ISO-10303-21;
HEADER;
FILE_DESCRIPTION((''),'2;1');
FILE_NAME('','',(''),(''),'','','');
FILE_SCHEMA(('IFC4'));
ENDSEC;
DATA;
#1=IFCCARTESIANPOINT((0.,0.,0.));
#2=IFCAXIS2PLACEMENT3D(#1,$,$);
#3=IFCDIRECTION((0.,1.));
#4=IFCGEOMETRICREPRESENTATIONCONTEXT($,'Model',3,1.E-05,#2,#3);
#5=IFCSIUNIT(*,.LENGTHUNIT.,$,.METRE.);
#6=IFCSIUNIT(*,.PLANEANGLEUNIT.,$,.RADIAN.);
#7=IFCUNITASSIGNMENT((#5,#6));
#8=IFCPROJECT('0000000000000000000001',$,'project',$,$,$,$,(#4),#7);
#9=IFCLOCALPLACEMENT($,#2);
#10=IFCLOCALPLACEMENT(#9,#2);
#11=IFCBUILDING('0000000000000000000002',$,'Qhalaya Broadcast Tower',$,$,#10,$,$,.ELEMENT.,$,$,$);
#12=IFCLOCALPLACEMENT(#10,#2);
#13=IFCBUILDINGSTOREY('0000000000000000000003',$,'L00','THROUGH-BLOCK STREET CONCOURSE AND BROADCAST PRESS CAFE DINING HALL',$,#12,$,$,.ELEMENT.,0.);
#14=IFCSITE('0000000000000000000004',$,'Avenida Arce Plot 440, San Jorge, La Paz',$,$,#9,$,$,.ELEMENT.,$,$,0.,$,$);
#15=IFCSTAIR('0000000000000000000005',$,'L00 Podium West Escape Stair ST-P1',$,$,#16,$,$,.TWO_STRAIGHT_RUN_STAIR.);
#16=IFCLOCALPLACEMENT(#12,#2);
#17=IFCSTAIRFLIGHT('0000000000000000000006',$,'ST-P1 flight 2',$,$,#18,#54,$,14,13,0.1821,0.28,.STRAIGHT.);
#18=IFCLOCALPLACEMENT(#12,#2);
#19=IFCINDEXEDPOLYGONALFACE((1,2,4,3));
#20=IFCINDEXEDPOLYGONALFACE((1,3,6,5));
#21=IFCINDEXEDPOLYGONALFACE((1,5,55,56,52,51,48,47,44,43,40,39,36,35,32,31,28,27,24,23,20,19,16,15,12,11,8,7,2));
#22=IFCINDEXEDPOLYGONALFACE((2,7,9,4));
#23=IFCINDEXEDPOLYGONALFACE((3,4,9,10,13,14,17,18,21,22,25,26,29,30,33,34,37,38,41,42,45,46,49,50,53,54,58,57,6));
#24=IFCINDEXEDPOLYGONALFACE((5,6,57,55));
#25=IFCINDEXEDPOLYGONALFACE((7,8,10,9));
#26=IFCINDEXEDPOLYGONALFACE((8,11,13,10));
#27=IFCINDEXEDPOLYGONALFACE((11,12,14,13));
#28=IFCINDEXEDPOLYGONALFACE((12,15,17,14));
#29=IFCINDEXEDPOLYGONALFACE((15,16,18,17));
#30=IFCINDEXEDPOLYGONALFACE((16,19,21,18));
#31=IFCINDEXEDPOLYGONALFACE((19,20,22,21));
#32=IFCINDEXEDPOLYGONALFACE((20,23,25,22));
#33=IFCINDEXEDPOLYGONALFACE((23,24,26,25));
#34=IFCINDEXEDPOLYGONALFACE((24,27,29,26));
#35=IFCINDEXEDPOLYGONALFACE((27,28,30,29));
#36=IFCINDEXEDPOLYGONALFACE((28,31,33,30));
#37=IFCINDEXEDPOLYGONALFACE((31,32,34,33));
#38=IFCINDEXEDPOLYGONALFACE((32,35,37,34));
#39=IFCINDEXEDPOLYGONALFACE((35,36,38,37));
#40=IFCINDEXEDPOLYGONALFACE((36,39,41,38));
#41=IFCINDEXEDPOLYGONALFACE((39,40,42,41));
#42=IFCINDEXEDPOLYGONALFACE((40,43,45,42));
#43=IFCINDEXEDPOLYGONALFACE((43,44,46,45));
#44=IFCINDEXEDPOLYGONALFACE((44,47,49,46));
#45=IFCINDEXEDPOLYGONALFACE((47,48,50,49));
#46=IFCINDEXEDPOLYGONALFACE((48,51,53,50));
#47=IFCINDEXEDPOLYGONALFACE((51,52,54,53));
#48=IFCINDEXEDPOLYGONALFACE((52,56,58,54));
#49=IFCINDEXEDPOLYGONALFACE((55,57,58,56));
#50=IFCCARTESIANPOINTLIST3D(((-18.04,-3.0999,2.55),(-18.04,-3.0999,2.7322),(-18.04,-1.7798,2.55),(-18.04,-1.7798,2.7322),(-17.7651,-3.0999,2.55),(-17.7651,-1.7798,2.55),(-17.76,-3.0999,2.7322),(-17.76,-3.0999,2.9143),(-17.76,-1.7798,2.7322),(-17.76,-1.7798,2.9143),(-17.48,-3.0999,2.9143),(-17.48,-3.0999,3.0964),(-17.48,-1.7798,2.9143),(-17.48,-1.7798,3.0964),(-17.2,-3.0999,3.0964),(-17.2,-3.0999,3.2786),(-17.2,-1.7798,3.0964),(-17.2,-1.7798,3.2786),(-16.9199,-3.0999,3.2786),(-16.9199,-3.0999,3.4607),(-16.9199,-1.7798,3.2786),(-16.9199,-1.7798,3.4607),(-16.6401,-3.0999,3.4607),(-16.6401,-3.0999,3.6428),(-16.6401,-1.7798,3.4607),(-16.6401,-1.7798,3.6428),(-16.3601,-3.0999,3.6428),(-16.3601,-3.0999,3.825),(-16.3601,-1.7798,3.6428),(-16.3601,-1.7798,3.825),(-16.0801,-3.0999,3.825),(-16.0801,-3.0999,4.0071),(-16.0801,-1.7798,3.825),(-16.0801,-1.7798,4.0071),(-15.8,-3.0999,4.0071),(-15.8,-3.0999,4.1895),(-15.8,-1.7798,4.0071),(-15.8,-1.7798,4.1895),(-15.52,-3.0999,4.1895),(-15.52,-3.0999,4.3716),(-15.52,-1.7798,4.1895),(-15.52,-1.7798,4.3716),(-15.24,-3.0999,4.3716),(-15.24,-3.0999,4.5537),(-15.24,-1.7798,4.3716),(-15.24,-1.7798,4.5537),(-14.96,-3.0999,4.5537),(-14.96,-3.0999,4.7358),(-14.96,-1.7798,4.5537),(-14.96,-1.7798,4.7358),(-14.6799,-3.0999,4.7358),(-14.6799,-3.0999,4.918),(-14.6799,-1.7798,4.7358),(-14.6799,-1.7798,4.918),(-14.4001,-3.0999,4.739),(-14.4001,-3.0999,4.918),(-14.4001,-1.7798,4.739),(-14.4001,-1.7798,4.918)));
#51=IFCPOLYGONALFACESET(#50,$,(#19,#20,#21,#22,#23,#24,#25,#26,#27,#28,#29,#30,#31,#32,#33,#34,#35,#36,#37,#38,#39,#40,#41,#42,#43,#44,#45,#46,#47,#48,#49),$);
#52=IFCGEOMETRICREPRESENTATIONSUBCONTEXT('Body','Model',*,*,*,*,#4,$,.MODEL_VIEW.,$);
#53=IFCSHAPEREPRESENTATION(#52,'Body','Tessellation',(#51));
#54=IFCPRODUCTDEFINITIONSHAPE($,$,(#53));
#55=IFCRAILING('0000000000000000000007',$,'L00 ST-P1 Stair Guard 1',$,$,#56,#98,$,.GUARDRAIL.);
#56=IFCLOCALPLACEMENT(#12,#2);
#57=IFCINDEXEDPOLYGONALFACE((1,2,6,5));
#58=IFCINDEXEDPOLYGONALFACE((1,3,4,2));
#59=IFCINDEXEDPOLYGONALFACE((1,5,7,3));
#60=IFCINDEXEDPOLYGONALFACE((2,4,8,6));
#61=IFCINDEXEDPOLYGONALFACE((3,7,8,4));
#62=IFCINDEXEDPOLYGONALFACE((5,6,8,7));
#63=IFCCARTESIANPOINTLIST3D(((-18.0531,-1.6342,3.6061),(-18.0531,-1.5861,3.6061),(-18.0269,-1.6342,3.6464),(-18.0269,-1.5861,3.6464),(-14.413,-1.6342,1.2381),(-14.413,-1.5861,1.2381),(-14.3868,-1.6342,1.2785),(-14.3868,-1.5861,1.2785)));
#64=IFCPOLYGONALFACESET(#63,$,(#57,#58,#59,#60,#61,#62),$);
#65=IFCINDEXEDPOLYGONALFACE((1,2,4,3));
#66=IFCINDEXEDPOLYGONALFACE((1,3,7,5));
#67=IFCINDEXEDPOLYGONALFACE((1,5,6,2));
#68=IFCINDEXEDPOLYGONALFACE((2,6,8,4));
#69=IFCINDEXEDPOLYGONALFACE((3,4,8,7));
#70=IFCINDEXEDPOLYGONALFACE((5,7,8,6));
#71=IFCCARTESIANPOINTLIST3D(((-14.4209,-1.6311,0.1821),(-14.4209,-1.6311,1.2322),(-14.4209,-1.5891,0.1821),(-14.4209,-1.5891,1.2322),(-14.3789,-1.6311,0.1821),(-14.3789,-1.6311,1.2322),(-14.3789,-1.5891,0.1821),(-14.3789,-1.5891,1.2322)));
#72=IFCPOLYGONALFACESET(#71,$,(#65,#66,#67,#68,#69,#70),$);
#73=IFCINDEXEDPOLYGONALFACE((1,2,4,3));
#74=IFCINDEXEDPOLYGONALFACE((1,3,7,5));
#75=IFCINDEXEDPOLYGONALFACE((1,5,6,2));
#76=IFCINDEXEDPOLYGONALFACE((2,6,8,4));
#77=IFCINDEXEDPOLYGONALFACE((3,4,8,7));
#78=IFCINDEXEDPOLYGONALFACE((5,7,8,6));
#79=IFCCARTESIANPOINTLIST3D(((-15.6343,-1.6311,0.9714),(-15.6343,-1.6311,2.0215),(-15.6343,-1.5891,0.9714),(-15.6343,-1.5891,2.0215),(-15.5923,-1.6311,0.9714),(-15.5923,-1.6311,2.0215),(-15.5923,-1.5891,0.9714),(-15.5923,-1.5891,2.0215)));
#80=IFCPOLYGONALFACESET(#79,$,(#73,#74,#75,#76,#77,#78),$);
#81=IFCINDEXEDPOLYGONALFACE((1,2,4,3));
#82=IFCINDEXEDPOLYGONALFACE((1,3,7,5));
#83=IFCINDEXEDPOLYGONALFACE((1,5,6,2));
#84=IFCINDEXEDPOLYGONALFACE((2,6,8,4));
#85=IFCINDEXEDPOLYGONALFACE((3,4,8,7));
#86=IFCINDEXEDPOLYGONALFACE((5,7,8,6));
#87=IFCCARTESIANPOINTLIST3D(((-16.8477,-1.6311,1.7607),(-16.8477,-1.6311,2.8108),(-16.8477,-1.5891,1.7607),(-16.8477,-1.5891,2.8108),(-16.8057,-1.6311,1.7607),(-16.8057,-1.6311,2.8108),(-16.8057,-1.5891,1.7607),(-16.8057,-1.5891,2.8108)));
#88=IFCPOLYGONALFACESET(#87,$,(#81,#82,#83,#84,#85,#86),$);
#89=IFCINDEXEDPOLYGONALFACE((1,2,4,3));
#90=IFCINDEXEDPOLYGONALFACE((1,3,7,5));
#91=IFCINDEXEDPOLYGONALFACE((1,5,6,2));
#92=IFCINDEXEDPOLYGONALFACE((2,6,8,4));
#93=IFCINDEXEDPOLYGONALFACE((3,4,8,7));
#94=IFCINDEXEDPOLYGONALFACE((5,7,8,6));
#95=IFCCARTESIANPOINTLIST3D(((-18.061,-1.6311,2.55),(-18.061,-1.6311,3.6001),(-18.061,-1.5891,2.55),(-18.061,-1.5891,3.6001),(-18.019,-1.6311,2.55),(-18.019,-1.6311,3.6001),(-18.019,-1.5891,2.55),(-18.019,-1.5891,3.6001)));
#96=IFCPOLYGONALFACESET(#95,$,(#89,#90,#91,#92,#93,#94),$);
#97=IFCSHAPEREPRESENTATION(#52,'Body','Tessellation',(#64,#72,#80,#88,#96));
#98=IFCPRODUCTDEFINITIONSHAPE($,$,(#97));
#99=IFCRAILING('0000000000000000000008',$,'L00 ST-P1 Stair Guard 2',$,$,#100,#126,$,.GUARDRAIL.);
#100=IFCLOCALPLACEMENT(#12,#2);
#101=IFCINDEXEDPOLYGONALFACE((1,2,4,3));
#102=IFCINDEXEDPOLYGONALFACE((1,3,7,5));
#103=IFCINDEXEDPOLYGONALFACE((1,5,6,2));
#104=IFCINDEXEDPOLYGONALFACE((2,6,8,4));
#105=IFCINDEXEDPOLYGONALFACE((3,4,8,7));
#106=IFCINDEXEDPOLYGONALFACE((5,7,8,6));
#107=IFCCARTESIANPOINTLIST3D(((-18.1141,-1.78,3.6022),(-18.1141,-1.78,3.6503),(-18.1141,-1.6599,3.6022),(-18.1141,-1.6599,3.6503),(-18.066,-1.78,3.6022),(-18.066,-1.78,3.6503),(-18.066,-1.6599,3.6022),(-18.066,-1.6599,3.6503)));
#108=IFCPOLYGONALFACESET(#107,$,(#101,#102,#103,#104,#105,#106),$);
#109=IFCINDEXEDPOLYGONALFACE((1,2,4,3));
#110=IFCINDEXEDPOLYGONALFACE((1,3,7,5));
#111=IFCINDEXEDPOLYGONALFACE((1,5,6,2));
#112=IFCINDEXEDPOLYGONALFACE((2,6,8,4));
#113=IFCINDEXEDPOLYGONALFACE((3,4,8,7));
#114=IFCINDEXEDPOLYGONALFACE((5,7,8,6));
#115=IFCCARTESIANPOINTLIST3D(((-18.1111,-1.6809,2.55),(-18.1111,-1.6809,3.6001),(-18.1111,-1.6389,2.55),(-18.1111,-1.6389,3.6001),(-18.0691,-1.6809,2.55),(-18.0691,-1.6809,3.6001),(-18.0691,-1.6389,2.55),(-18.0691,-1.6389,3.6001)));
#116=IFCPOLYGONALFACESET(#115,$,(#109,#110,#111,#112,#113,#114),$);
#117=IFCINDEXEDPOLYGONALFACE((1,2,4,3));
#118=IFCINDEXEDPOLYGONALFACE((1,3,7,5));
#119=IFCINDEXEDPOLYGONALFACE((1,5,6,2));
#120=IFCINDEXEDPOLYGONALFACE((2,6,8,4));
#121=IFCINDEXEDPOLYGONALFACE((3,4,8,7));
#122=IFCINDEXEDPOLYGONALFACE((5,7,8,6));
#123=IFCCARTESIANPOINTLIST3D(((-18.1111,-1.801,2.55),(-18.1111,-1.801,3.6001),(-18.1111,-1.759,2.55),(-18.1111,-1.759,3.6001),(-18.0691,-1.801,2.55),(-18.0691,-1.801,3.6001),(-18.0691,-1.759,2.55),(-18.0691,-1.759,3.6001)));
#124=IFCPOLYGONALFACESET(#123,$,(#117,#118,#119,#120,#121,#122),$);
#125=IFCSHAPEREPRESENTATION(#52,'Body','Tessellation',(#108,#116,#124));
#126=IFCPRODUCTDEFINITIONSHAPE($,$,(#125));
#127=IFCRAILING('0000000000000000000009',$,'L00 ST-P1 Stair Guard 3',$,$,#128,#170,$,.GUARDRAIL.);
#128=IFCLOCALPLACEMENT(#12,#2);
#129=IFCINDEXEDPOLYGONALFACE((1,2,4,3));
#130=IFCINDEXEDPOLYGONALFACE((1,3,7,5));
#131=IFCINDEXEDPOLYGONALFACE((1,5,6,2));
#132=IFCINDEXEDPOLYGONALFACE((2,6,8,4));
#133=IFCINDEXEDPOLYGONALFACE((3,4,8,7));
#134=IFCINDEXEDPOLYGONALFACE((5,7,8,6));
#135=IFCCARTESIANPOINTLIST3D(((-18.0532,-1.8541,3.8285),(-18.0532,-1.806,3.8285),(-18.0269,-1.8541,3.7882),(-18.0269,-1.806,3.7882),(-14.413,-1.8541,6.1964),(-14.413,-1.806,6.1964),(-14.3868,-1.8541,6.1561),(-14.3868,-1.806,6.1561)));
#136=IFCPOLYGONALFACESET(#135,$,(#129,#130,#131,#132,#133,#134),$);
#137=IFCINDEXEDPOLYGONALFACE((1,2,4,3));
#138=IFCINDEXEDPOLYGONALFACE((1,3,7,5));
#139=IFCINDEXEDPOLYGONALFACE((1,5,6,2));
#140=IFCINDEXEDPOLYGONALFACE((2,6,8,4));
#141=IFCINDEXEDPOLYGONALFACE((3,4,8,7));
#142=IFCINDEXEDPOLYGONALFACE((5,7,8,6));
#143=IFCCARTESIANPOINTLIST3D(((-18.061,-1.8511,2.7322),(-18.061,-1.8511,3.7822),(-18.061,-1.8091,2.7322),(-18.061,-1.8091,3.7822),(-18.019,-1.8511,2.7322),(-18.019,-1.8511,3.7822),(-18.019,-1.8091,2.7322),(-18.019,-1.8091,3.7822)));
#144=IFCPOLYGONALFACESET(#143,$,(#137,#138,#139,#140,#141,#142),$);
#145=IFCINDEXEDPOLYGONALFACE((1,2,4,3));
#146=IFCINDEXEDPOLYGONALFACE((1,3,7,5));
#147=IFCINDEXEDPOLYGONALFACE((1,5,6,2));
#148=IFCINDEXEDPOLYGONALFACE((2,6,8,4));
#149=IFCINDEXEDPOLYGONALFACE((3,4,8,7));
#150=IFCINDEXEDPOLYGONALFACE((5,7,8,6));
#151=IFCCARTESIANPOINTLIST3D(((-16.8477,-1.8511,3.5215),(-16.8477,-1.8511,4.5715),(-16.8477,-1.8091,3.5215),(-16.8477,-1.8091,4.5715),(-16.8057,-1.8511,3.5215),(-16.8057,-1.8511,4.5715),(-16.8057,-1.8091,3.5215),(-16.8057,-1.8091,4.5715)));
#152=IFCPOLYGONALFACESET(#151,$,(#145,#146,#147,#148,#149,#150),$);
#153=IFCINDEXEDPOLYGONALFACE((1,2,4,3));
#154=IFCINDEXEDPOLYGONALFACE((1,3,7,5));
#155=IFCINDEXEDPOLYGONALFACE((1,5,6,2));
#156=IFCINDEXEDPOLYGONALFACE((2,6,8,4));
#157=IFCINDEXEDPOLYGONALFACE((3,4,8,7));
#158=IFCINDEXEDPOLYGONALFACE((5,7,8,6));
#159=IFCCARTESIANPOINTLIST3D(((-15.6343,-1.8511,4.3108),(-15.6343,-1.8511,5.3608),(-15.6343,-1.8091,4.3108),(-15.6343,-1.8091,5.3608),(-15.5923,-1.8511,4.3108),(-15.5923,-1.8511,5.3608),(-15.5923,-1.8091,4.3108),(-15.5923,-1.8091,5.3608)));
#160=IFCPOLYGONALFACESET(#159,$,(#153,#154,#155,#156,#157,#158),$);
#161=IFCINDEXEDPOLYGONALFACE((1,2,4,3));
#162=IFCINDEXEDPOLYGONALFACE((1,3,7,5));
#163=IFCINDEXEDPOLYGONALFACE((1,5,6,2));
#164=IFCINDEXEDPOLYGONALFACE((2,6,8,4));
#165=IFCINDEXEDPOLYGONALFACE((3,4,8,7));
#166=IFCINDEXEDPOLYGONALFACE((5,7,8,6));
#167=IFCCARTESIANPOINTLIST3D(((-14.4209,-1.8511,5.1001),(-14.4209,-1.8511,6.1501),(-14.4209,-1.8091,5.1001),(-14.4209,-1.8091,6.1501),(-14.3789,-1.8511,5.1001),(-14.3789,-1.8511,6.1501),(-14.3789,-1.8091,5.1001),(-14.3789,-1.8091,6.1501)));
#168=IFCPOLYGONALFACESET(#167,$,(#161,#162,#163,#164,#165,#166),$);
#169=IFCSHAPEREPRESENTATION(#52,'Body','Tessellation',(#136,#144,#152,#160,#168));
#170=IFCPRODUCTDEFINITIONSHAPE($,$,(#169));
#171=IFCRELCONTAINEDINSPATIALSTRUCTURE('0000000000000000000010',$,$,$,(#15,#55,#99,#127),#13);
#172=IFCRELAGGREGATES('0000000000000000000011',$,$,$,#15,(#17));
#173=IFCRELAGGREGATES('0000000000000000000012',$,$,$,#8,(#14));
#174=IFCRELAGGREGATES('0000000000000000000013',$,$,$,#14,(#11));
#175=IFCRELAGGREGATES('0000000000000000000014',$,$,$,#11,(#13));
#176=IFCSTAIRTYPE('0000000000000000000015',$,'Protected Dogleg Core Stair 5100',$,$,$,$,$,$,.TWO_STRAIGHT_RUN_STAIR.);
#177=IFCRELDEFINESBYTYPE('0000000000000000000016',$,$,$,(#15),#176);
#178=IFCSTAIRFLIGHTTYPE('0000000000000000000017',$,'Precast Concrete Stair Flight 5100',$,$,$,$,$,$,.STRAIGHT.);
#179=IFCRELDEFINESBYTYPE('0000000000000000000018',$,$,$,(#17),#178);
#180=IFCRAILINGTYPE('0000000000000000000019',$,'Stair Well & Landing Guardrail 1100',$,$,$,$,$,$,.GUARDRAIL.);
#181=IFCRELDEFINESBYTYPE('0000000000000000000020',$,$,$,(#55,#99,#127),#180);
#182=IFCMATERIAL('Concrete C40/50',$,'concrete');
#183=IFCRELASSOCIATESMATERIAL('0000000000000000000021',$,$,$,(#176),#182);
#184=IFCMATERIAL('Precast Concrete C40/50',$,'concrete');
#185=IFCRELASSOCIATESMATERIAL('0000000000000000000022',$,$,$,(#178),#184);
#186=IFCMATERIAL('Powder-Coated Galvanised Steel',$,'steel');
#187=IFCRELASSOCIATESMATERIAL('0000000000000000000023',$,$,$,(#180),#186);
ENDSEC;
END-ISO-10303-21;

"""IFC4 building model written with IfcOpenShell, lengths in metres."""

from ifc_helpers import new_model, si_unit, direction, frame, origin, origin_2d, place, context, subcontext, project, spatial, polyline, rectangle, outline, extrude, material, type_object, element, aggregate, save


model = new_model("IFC4")

# Units and contexts
model_context = context("Model", 3, precision=1e-05, world=origin(), true_north=direction((0.0, 1.0)))
body_context = subcontext(model_context, "Body", "Model", "MODEL_VIEW")
ifc_project = project(units=[si_unit("LENGTHUNIT", "METRE"), si_unit("PLANEANGLEUNIT", "RADIAN")], contexts=[model_context])

# Site, building, storey
site_placement = place(None, origin())
site = spatial("IfcSite", under=ifc_project, at=site_placement, Name="Avenida Arce Plot 440, San Jorge, La Paz", CompositionType="ELEMENT", RefElevation=0.0)
building_placement = place(site_placement, origin())
building = spatial("IfcBuilding", under=site, at=building_placement, Name="Qhalaya Broadcast Tower", CompositionType="ELEMENT")
storey_placement = place(building_placement, origin())
storey = spatial("IfcBuildingStorey", under=building, at=storey_placement, Name="L00", Description="THROUGH-BLOCK STREET CONCOURSE AND BROADCAST PRESS CAFE DINING HALL", CompositionType="ELEMENT", Elevation=0.0)

# Shared definitions
ifc_material_1 = material(Name="Precast Concrete C40/50", Category="concrete")

# Stair, stair flight
ifc_material_2 = material(Name="Concrete C40/50", Category="concrete")
stair_type = type_object("IfcStairType", Name="Protected Dogleg Core Stair 5100", PredefinedType="TWO_STRAIGHT_RUN_STAIR", material=ifc_material_2)
stair_placement = place(storey_placement, origin())
stair = element("IfcStair", 1, at=stair_placement, inside=storey, type_object=stair_type, Name="L00 Podium West Escape Stair ST-P1", PredefinedType="TWO_STRAIGHT_RUN_STAIR")
stair_flight_type = type_object("IfcStairFlightType", Name="Precast Concrete Stair Flight 5100", PredefinedType="STRAIGHT", material=ifc_material_1)
stair_flight_1_placement = place(storey_placement, frame((-18.04, -2.4399, 2.55), z_axis=(0.0, 0.0, 1.0), x_axis=(1.0, 0.0, 0.0)))
stair_flight_1 = element("IfcStairFlight", 2, at=stair_flight_1_placement, type_object=stair_flight_type, Name="ST-P1 flight 2", NumberOfRisers=14, NumberOfTreads=13, PredefinedType="STRAIGHT", RiserHeight=0.1821, TreadLength=0.28, context=body_context, shape_type="SweptSolid", body=[
    extrude(outline(polyline([(0.0, 0.0), (0.0, 0.1821), (0.28, 0.1821), (0.28, 0.3643), (0.5601, 0.3643), (0.5601, 0.5464), (0.8401, 0.5464), (0.8401, 0.7285), (1.1201, 0.7285), (1.1201, 0.9106), (1.3999, 0.9106), (1.3999, 1.0928), (1.6799, 1.0928), (1.6799, 1.2749), (1.96, 1.2749), (1.96, 1.457), (2.24, 1.457), (2.24, 1.6394), (2.52, 1.6394), (2.52, 1.8215), (2.8, 1.8215), (2.8, 2.0037), (3.0801, 2.0037), (3.0801, 2.1858), (3.3601, 2.1858), (3.3601, 2.3679), (3.6399, 2.3679), (3.6399, 2.55), (3.6399, 2.189), (0.2749, 0.0), (0.0, 0.0)])), frame((0.0, 0.6602, 0.0), z_axis=(0.0, -1.0, 0.0), x_axis=(1.0, 0.0, 0.0)), (0.0, 0.0, 1.0), 1.3201),
])
aggregate(stair, [stair_flight_1])

# Railings
ifc_material_3 = material(Name="Powder-Coated Galvanised Steel", Category="steel")
railing_type = type_object("IfcRailingType", Name="Stair Well & Landing Guardrail 1100", PredefinedType="GUARDRAIL", material=ifc_material_3)
railing_1_placement = place(storey_placement, frame((-14.3999, -1.6101, 0.1821)))
element("IfcRailing", 3, at=railing_1_placement, inside=storey, type_object=railing_type, Name="L00 ST-P1 Stair Guard 1", PredefinedType="GUARDRAIL", context=body_context, shape_type="SweptSolid", body=[
    extrude(rectangle(XDim=0.0481, YDim=0.0481, at=origin_2d()), frame((0.0, 0.0, 1.0762), z_axis=(-0.838251, 0.0, 0.545285), x_axis=(0.0, -1.0, 0.0)), (0.0, 0.0, 1.0), 4.3425),
    extrude(rectangle(XDim=0.042, YDim=0.042, at=origin_2d()), origin(), (0.0, 0.0, 1.0), 1.05),
    extrude(rectangle(XDim=0.042, YDim=0.042, at=origin_2d()), frame((-1.2134, 0.0, 0.7893)), (0.0, 0.0, 1.0), 1.05),
    extrude(rectangle(XDim=0.042, YDim=0.042, at=origin_2d()), frame((-2.4268, 0.0, 1.5786)), (0.0, 0.0, 1.0), 1.05),
    extrude(rectangle(XDim=0.042, YDim=0.042, at=origin_2d()), frame((-3.6401, 0.0, 2.3679)), (0.0, 0.0, 1.0), 1.05),
])
railing_2_placement = place(storey_placement, frame((-18.0901, -1.6599, 2.55)))
element("IfcRailing", 4, at=railing_2_placement, inside=storey, type_object=railing_type, Name="L00 ST-P1 Stair Guard 2", PredefinedType="GUARDRAIL", context=body_context, shape_type="SweptSolid", body=[
    extrude(rectangle(XDim=0.0481, YDim=0.0481, at=origin_2d()), frame((0.0, 0.0, 1.0762), z_axis=(0.0, -1.0, 0.0), x_axis=(1.0, 0.0, 0.0)), (0.0, 0.0, 1.0), 0.1201),
    extrude(rectangle(XDim=0.042, YDim=0.042, at=origin_2d()), origin(), (0.0, 0.0, 1.0), 1.05),
    extrude(rectangle(XDim=0.042, YDim=0.042, at=origin_2d()), frame((0.0, -0.1201, 0.0)), (0.0, 0.0, 1.0), 1.05),
])
railing_3_placement = place(storey_placement, frame((-18.04, -1.8301, 2.7322)))
element("IfcRailing", 5, at=railing_3_placement, inside=storey, type_object=railing_type, Name="L00 ST-P1 Stair Guard 3", PredefinedType="GUARDRAIL", context=body_context, shape_type="SweptSolid", body=[
    extrude(rectangle(XDim=0.0481, YDim=0.0481, at=origin_2d()), frame((0.0, 0.0, 1.0762), z_axis=(0.838251, 0.0, 0.545285), x_axis=(0.0, 1.0, 0.0)), (0.0, 0.0, 1.0), 4.3425),
    extrude(rectangle(XDim=0.042, YDim=0.042, at=origin_2d()), origin(), (0.0, 0.0, 1.0), 1.05),
    extrude(rectangle(XDim=0.042, YDim=0.042, at=origin_2d()), frame((1.2134, 0.0, 0.7893)), (0.0, 0.0, 1.0), 1.05),
    extrude(rectangle(XDim=0.042, YDim=0.042, at=origin_2d()), frame((2.4268, 0.0, 1.5786)), (0.0, 0.0, 1.0), 1.05),
    extrude(rectangle(XDim=0.042, YDim=0.042, at=origin_2d()), frame((3.6401, 0.0, 2.3679)), (0.0, 0.0, 1.0), 1.05),
])

save(model, "model.ifc")
